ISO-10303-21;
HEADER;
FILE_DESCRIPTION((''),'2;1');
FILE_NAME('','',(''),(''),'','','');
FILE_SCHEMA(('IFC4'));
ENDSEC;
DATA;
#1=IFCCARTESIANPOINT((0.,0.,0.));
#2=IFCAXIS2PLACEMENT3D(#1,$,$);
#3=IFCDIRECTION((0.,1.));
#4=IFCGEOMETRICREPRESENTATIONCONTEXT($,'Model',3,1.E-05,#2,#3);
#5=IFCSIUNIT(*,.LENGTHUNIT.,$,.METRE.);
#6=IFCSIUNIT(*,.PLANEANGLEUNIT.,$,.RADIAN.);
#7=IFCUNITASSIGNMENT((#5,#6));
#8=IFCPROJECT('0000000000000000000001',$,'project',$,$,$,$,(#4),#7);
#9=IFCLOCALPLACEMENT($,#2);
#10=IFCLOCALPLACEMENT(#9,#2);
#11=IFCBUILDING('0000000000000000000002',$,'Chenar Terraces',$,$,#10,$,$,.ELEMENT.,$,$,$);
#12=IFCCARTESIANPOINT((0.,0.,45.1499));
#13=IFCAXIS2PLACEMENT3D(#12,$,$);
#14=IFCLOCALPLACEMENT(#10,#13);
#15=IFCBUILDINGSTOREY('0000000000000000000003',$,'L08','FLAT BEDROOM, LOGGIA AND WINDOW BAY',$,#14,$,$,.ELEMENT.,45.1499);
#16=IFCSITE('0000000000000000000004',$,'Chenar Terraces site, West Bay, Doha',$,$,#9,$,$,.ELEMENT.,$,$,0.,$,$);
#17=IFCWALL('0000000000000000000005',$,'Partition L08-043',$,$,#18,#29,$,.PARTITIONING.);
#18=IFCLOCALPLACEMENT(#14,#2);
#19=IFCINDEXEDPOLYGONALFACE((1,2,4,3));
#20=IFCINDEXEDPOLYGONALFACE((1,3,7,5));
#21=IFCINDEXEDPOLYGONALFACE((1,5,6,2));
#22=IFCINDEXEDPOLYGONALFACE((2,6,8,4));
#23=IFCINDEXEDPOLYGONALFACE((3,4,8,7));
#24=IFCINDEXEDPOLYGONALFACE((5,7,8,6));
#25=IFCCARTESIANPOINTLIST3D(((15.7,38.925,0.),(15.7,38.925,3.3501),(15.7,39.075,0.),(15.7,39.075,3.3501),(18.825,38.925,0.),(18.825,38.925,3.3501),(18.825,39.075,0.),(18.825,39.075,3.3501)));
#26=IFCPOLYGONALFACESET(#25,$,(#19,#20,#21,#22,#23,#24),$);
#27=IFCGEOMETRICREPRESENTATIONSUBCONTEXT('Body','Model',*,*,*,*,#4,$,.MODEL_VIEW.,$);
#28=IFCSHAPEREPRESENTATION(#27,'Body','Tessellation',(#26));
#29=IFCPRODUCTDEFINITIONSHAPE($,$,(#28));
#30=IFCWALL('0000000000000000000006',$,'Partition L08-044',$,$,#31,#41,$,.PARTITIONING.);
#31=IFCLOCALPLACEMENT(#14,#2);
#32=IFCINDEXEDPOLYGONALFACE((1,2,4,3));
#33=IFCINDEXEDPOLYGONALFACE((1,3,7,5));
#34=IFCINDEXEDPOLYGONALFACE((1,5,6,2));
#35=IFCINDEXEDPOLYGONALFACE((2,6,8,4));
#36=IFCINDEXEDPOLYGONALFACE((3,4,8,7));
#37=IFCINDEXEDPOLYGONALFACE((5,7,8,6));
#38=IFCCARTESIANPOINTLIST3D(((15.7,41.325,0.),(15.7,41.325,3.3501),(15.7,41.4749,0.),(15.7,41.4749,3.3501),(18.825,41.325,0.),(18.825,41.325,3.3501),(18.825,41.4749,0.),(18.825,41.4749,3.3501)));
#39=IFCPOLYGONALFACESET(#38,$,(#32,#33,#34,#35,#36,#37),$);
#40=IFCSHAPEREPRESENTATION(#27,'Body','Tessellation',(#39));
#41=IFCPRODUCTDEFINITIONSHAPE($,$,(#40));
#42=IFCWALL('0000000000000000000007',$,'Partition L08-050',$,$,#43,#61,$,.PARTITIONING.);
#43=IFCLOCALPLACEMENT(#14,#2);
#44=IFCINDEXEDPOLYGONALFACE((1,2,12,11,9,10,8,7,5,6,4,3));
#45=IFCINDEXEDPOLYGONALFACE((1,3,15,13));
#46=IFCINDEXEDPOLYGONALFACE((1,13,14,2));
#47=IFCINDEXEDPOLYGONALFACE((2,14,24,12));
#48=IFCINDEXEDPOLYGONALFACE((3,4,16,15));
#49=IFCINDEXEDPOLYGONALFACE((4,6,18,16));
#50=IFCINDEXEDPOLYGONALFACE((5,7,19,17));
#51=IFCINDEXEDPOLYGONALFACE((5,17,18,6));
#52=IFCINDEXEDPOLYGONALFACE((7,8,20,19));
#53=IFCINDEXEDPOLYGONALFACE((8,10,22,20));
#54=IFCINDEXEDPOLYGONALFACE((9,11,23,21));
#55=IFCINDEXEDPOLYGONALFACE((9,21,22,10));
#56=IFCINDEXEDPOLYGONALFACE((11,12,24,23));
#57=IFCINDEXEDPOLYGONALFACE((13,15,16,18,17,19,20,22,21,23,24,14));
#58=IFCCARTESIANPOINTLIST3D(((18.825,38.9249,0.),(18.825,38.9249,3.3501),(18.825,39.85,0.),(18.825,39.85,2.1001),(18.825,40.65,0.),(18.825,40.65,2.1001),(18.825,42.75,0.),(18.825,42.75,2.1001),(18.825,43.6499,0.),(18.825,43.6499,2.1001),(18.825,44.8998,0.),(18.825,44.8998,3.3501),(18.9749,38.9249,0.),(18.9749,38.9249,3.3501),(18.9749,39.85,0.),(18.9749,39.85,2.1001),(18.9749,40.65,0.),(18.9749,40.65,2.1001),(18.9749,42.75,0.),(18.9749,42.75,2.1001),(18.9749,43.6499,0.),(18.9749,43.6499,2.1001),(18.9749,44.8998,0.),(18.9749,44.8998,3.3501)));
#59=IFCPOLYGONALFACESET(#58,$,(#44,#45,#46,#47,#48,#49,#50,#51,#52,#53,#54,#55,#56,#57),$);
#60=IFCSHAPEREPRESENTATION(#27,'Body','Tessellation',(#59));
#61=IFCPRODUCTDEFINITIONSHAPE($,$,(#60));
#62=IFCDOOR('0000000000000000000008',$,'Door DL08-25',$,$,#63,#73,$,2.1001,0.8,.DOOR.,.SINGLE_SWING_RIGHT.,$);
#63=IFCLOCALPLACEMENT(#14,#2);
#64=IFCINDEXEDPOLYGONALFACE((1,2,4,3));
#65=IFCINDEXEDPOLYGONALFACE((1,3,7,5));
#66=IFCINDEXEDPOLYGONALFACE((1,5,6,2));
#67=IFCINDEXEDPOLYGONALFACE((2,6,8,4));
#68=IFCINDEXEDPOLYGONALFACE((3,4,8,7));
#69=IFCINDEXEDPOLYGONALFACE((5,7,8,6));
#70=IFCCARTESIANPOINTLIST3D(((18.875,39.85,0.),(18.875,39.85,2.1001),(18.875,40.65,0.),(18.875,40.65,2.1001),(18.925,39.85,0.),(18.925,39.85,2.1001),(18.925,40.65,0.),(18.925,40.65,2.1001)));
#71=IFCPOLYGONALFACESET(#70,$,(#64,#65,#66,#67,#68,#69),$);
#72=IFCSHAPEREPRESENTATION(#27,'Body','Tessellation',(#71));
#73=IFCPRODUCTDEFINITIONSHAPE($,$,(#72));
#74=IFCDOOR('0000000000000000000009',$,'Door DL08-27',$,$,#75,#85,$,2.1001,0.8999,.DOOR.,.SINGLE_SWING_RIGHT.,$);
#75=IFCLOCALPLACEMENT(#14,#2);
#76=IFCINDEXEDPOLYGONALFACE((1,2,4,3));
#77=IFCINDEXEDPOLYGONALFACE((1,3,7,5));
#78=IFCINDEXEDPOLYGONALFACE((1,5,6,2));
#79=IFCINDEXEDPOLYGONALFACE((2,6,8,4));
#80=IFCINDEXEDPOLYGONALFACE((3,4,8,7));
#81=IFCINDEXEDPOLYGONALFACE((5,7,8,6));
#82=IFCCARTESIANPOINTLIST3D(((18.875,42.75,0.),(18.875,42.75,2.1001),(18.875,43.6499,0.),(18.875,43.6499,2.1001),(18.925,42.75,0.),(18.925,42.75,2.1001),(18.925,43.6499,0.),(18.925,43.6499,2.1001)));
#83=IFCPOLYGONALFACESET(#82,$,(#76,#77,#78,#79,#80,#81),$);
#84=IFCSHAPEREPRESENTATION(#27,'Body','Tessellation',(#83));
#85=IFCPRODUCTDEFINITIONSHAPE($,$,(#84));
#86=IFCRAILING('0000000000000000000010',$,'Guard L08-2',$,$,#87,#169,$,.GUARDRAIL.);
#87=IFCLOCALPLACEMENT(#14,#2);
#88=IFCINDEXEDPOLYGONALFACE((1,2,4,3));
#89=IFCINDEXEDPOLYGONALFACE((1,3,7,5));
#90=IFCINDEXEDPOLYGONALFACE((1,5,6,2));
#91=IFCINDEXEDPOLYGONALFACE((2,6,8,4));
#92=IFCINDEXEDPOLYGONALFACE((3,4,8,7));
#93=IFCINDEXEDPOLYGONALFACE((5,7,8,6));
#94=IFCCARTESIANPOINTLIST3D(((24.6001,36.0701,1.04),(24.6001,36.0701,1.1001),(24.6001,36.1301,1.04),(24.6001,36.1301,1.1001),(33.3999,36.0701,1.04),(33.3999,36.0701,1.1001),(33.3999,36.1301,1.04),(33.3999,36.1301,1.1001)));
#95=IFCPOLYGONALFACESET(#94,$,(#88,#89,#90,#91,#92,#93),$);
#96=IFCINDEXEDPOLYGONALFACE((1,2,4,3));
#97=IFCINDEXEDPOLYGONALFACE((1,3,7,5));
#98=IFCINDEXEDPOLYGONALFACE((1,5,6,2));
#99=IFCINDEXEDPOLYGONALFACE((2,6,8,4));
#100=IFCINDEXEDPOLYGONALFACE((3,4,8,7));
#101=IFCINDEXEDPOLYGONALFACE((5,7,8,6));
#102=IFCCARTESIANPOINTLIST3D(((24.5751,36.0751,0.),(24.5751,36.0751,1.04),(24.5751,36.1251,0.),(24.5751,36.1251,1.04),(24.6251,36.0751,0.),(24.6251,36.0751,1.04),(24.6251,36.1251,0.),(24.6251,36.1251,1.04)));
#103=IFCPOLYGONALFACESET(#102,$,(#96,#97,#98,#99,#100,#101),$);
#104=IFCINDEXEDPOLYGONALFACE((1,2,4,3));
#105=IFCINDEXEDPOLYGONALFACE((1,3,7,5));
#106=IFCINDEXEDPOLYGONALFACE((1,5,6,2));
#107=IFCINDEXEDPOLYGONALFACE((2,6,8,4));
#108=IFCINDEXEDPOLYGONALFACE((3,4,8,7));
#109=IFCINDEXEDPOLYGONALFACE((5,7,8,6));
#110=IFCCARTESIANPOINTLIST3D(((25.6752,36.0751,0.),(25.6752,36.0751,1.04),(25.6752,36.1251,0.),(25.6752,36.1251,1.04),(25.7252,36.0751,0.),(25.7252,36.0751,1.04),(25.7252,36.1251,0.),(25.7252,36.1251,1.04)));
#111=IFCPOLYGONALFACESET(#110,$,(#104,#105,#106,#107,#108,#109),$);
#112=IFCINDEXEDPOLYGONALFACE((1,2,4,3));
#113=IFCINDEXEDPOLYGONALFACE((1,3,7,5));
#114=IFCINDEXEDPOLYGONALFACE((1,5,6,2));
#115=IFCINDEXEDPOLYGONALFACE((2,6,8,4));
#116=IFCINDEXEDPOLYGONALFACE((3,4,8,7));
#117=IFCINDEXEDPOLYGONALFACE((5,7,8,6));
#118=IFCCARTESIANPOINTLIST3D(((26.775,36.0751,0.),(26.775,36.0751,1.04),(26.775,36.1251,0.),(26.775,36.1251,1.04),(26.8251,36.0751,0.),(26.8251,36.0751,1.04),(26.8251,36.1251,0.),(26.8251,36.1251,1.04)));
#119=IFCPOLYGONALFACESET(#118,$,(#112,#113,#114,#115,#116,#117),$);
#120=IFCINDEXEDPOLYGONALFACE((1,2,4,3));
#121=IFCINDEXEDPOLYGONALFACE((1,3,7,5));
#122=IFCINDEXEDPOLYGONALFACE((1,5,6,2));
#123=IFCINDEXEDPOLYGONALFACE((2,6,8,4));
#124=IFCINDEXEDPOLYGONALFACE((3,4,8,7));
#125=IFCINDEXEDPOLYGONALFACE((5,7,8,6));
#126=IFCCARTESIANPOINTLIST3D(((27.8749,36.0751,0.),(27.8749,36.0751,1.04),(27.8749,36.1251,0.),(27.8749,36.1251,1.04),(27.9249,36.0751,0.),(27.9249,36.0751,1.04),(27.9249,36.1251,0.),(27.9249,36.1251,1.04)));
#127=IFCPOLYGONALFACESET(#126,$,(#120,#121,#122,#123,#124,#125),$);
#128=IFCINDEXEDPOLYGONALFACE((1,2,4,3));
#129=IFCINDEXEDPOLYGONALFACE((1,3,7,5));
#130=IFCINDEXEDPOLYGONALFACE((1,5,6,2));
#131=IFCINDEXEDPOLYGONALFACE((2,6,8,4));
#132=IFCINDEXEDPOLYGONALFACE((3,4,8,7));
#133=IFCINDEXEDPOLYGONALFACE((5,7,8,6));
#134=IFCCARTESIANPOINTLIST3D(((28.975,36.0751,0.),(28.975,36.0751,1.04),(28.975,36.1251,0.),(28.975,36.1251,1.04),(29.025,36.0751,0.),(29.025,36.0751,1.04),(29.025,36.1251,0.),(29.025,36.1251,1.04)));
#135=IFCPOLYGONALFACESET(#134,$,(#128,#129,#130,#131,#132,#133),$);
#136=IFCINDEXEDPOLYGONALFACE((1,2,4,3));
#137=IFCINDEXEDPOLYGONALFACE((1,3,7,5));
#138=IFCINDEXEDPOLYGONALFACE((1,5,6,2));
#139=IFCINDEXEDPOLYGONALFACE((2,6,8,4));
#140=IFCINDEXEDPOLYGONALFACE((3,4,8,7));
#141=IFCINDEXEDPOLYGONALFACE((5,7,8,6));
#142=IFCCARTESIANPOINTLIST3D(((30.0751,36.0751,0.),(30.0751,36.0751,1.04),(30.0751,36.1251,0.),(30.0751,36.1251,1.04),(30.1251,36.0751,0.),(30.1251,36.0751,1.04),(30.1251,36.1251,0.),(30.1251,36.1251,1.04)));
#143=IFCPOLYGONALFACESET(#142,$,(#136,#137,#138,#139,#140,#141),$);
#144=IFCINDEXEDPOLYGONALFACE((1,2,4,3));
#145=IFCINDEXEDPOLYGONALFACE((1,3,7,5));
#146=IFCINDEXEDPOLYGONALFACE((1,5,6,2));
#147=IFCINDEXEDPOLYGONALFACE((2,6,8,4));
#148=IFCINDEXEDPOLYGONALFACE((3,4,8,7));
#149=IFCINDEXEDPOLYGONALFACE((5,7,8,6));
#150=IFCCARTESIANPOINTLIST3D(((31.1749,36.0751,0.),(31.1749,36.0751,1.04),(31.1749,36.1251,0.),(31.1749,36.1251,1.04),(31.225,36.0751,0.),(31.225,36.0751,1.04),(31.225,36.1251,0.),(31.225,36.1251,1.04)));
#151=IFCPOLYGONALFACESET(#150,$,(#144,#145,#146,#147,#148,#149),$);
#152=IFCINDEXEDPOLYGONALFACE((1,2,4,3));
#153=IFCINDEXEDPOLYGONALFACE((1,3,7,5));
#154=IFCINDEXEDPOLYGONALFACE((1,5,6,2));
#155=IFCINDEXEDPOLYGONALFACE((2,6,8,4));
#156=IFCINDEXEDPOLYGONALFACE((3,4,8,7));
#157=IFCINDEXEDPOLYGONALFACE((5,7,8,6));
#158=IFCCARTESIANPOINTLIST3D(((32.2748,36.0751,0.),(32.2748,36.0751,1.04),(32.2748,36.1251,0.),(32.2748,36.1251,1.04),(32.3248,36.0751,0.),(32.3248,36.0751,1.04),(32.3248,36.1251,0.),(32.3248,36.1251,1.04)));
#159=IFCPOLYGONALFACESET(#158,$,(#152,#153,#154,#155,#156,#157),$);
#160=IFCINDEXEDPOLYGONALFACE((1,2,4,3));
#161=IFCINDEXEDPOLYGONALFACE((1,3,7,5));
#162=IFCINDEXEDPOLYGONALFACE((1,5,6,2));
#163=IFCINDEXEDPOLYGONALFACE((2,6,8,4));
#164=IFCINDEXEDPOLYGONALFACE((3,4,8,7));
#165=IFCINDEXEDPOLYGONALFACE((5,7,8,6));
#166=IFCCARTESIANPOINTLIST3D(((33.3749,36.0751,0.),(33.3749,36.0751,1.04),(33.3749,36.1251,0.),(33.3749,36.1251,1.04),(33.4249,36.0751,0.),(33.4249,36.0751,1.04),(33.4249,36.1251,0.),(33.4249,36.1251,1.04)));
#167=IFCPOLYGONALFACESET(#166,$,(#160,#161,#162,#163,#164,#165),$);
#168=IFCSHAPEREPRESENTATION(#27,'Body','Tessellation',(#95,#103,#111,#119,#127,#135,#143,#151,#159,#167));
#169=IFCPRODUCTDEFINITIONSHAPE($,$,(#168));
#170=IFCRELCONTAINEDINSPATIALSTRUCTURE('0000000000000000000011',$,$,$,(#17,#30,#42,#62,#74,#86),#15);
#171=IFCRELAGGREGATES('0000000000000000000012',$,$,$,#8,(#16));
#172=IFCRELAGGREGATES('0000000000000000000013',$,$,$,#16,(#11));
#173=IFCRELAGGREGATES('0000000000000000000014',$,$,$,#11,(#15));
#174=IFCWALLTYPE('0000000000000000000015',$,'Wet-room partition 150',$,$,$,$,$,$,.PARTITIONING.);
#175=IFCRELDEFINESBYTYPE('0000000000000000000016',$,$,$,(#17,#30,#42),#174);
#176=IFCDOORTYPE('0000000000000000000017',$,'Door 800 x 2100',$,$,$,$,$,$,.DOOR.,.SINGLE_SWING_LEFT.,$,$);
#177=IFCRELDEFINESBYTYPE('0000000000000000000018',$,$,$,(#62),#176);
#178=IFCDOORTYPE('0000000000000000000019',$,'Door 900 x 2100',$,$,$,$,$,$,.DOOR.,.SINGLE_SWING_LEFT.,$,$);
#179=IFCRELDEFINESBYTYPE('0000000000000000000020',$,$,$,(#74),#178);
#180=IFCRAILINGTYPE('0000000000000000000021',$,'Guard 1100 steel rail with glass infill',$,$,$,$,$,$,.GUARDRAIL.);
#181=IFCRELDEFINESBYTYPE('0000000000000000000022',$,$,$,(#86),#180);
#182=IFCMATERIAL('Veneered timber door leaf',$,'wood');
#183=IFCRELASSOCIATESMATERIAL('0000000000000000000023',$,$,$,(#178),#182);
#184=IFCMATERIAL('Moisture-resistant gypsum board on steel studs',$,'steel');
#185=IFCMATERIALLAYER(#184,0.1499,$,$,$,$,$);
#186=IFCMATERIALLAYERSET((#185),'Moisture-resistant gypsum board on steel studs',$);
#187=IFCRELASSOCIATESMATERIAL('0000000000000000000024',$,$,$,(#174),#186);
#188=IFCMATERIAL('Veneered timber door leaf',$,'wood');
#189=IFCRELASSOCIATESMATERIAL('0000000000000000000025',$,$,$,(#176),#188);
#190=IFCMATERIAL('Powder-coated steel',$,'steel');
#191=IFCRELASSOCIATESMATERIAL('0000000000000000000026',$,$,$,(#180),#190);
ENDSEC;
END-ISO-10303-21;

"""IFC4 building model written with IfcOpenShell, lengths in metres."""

from ifc_helpers import new_model, si_unit, direction, frame, frame_2d, origin, origin_2d, place, context, subcontext, project, spatial, rectangle, extrude, material, layer, layer_set, type_object, element, fill, save


model = new_model("IFC4")

# Units and contexts
model_context = context("Model", 3, precision=1e-05, world=origin(), true_north=direction((0.0, 1.0)))
body_context = subcontext(model_context, "Body", "Model", "MODEL_VIEW")
ifc_project = project(units=[si_unit("LENGTHUNIT", "METRE"), si_unit("PLANEANGLEUNIT", "RADIAN")], contexts=[model_context])

# Site, building, storey
site_placement = place(None, origin())
site = spatial("IfcSite", under=ifc_project, at=site_placement, Name="Chenar Terraces site, West Bay, Doha", CompositionType="ELEMENT", RefElevation=0.0)
building_placement = place(site_placement, origin())
building = spatial("IfcBuilding", under=site, at=building_placement, Name="Chenar Terraces", CompositionType="ELEMENT")
storey_placement = place(building_placement, frame((0.0, 0.0, 45.1499)))
storey = spatial("IfcBuildingStorey", under=building, at=storey_placement, Name="L08", Description="FLAT BEDROOM, LOGGIA AND WINDOW BAY", CompositionType="ELEMENT", Elevation=45.1499)

# Shared definitions
ifc_material_1 = material(Name="Veneered timber door leaf", Category="wood")
door_type_1 = type_object("IfcDoorType", Name="Door 900 x 2100", OperationType="SINGLE_SWING_LEFT", PredefinedType="DOOR", material=ifc_material_1)

# Walls
ifc_material_2 = material(Name="Moisture-resistant gypsum board on steel studs", Category="steel")
ifc_layer_1 = layer(ifc_material_2, 0.1499)
ifc_layer_set_1 = layer_set([ifc_layer_1], Name="Moisture-resistant gypsum board on steel studs")
wall_type_1 = type_object("IfcWallType", Name="Wet-room partition 150", PredefinedType="PARTITIONING", material=ifc_layer_set_1)
for number, where, z_axis, x_axis, name in (
    (1, (15.7, 39.0, 0.0), (0.0, 0.0, 1.0), (1.0, 0.0, 0.0), "Partition L08-043"),
    (2, (15.7, 41.3999, 0.0), (0.0, 0.0, 1.0), (1.0, 0.0, 0.0), "Partition L08-044"),
):
    element("IfcWall", number, at=place(storey_placement, frame(where, z_axis=z_axis, x_axis=x_axis)), inside=storey, type_object=wall_type_1, Name=name, PredefinedType="PARTITIONING", context=body_context, shape_type="SweptSolid", body=[
        extrude(rectangle(XDim=3.125, YDim=0.1499, at=frame_2d((1.5625, 0.0))), origin(), (0.0, 0.0, 1.0), 3.3501),
    ])

# Wall, openings, doors
wall_1_placement = place(storey_placement, frame((18.8999, 38.925, 0.0), z_axis=(0.0, 0.0, 1.0), x_axis=(0.0, 1.0, 0.0)))
wall_1 = element("IfcWall", 3, at=wall_1_placement, inside=storey, type_object=wall_type_1, Name="Partition L08-050", PredefinedType="PARTITIONING", context=body_context, shape_type="SweptSolid", body=[
    extrude(rectangle(XDim=5.9749, YDim=0.1499, at=frame_2d((2.9873, 0.0))), origin(), (0.0, 0.0, 1.0), 3.3501),
])
opening_1_placement = place(wall_1_placement, frame((0.925, 0.0, 0.0)))
opening_1 = element("IfcOpeningElement", 4, at=opening_1_placement, cuts=wall_1, PredefinedType="OPENING", context=body_context, shape_type="SweptSolid", body=[
    extrude(rectangle(XDim=0.8, YDim=2.1001, at=frame_2d((0.3999, 1.05))), frame((0.0, 0.085, 0.0), z_axis=(0.0, -1.0, 0.0), x_axis=(1.0, 0.0, 0.0)), (0.0, 0.0, 1.0), 0.1699),
])
opening_2_placement = place(wall_1_placement, frame((3.825, 0.0, 0.0)))
opening_2 = element("IfcOpeningElement", 5, at=opening_2_placement, cuts=wall_1, PredefinedType="OPENING", context=body_context, shape_type="SweptSolid", body=[
    extrude(rectangle(XDim=0.8999, YDim=2.1001, at=frame_2d((0.45, 1.05))), frame((0.0, 0.085, 0.0), z_axis=(0.0, -1.0, 0.0), x_axis=(1.0, 0.0, 0.0)), (0.0, 0.0, 1.0), 0.1699),
])
ifc_material_3 = material(Name="Veneered timber door leaf", Category="wood")
door_type_2 = type_object("IfcDoorType", Name="Door 800 x 2100", OperationType="SINGLE_SWING_LEFT", PredefinedType="DOOR", material=ifc_material_3)
door_1_placement = place(opening_1_placement, origin())
door_1 = element("IfcDoor", 6, at=door_1_placement, inside=storey, type_object=door_type_2, Name="Door DL08-25", OperationType="SINGLE_SWING_RIGHT", OverallHeight=2.1001, OverallWidth=0.8, PredefinedType="DOOR", context=body_context, shape_type="SweptSolid", body=[
    extrude(rectangle(XDim=0.8, YDim=2.1001, at=frame_2d((0.3999, 1.05))), frame((0.0, 0.0249, 0.0), z_axis=(0.0, -1.0, 0.0), x_axis=(1.0, 0.0, 0.0)), (0.0, 0.0, 1.0), 0.05),
])
fill(opening_1, door_1)
door_2_placement = place(opening_2_placement, origin())
door_2 = element("IfcDoor", 7, at=door_2_placement, inside=storey, type_object=door_type_1, Name="Door DL08-27", OperationType="SINGLE_SWING_RIGHT", OverallHeight=2.1001, OverallWidth=0.8999, PredefinedType="DOOR", context=body_context, shape_type="SweptSolid", body=[
    extrude(rectangle(XDim=0.8999, YDim=2.1001, at=frame_2d((0.45, 1.05))), frame((0.0, 0.0249, 0.0), z_axis=(0.0, -1.0, 0.0), x_axis=(1.0, 0.0, 0.0)), (0.0, 0.0, 1.0), 0.05),
])
fill(opening_2, door_2)

# Railing
ifc_material_4 = material(Name="Powder-coated steel", Category="steel")
railing_type = type_object("IfcRailingType", Name="Guard 1100 steel rail with glass infill", PredefinedType="GUARDRAIL", material=ifc_material_4)
railing_placement = place(storey_placement, frame((24.6001, 36.1001, 0.0)))
element("IfcRailing", 8, at=railing_placement, inside=storey, type_object=railing_type, Name="Guard L08-2", PredefinedType="GUARDRAIL", context=body_context, shape_type="SweptSolid", body=[
    extrude(rectangle(XDim=0.0601, YDim=0.0601, at=origin_2d()), frame((0.0, 0.0, 1.0701), z_axis=(1.0, 0.0, 0.0), x_axis=(0.0, 1.0, 0.0)), (0.0, 0.0, 1.0), 8.7998),
    extrude(rectangle(XDim=0.05, YDim=0.05, at=origin_2d()), origin(), (0.0, 0.0, 1.0), 1.04),
    extrude(rectangle(XDim=0.05, YDim=0.05, at=origin_2d()), frame((1.1001, 0.0, 0.0)), (0.0, 0.0, 1.0), 1.04),
    extrude(rectangle(XDim=0.05, YDim=0.05, at=origin_2d()), frame((2.2, 0.0, 0.0)), (0.0, 0.0, 1.0), 1.04),
    extrude(rectangle(XDim=0.05, YDim=0.05, at=origin_2d()), frame((3.2998, 0.0, 0.0)), (0.0, 0.0, 1.0), 1.04),
    extrude(rectangle(XDim=0.05, YDim=0.05, at=origin_2d()), frame((4.3999, 0.0, 0.0)), (0.0, 0.0, 1.0), 1.04),
    extrude(rectangle(XDim=0.05, YDim=0.05, at=origin_2d()), frame((5.5, 0.0, 0.0)), (0.0, 0.0, 1.0), 1.04),
    extrude(rectangle(XDim=0.05, YDim=0.05, at=origin_2d()), frame((6.5999, 0.0, 0.0)), (0.0, 0.0, 1.0), 1.04),
    extrude(rectangle(XDim=0.05, YDim=0.05, at=origin_2d()), frame((7.6997, 0.0, 0.0)), (0.0, 0.0, 1.0), 1.04),
    extrude(rectangle(XDim=0.05, YDim=0.05, at=origin_2d()), frame((8.7998, 0.0, 0.0)), (0.0, 0.0, 1.0), 1.04),
])

save(model, "model.ifc")
